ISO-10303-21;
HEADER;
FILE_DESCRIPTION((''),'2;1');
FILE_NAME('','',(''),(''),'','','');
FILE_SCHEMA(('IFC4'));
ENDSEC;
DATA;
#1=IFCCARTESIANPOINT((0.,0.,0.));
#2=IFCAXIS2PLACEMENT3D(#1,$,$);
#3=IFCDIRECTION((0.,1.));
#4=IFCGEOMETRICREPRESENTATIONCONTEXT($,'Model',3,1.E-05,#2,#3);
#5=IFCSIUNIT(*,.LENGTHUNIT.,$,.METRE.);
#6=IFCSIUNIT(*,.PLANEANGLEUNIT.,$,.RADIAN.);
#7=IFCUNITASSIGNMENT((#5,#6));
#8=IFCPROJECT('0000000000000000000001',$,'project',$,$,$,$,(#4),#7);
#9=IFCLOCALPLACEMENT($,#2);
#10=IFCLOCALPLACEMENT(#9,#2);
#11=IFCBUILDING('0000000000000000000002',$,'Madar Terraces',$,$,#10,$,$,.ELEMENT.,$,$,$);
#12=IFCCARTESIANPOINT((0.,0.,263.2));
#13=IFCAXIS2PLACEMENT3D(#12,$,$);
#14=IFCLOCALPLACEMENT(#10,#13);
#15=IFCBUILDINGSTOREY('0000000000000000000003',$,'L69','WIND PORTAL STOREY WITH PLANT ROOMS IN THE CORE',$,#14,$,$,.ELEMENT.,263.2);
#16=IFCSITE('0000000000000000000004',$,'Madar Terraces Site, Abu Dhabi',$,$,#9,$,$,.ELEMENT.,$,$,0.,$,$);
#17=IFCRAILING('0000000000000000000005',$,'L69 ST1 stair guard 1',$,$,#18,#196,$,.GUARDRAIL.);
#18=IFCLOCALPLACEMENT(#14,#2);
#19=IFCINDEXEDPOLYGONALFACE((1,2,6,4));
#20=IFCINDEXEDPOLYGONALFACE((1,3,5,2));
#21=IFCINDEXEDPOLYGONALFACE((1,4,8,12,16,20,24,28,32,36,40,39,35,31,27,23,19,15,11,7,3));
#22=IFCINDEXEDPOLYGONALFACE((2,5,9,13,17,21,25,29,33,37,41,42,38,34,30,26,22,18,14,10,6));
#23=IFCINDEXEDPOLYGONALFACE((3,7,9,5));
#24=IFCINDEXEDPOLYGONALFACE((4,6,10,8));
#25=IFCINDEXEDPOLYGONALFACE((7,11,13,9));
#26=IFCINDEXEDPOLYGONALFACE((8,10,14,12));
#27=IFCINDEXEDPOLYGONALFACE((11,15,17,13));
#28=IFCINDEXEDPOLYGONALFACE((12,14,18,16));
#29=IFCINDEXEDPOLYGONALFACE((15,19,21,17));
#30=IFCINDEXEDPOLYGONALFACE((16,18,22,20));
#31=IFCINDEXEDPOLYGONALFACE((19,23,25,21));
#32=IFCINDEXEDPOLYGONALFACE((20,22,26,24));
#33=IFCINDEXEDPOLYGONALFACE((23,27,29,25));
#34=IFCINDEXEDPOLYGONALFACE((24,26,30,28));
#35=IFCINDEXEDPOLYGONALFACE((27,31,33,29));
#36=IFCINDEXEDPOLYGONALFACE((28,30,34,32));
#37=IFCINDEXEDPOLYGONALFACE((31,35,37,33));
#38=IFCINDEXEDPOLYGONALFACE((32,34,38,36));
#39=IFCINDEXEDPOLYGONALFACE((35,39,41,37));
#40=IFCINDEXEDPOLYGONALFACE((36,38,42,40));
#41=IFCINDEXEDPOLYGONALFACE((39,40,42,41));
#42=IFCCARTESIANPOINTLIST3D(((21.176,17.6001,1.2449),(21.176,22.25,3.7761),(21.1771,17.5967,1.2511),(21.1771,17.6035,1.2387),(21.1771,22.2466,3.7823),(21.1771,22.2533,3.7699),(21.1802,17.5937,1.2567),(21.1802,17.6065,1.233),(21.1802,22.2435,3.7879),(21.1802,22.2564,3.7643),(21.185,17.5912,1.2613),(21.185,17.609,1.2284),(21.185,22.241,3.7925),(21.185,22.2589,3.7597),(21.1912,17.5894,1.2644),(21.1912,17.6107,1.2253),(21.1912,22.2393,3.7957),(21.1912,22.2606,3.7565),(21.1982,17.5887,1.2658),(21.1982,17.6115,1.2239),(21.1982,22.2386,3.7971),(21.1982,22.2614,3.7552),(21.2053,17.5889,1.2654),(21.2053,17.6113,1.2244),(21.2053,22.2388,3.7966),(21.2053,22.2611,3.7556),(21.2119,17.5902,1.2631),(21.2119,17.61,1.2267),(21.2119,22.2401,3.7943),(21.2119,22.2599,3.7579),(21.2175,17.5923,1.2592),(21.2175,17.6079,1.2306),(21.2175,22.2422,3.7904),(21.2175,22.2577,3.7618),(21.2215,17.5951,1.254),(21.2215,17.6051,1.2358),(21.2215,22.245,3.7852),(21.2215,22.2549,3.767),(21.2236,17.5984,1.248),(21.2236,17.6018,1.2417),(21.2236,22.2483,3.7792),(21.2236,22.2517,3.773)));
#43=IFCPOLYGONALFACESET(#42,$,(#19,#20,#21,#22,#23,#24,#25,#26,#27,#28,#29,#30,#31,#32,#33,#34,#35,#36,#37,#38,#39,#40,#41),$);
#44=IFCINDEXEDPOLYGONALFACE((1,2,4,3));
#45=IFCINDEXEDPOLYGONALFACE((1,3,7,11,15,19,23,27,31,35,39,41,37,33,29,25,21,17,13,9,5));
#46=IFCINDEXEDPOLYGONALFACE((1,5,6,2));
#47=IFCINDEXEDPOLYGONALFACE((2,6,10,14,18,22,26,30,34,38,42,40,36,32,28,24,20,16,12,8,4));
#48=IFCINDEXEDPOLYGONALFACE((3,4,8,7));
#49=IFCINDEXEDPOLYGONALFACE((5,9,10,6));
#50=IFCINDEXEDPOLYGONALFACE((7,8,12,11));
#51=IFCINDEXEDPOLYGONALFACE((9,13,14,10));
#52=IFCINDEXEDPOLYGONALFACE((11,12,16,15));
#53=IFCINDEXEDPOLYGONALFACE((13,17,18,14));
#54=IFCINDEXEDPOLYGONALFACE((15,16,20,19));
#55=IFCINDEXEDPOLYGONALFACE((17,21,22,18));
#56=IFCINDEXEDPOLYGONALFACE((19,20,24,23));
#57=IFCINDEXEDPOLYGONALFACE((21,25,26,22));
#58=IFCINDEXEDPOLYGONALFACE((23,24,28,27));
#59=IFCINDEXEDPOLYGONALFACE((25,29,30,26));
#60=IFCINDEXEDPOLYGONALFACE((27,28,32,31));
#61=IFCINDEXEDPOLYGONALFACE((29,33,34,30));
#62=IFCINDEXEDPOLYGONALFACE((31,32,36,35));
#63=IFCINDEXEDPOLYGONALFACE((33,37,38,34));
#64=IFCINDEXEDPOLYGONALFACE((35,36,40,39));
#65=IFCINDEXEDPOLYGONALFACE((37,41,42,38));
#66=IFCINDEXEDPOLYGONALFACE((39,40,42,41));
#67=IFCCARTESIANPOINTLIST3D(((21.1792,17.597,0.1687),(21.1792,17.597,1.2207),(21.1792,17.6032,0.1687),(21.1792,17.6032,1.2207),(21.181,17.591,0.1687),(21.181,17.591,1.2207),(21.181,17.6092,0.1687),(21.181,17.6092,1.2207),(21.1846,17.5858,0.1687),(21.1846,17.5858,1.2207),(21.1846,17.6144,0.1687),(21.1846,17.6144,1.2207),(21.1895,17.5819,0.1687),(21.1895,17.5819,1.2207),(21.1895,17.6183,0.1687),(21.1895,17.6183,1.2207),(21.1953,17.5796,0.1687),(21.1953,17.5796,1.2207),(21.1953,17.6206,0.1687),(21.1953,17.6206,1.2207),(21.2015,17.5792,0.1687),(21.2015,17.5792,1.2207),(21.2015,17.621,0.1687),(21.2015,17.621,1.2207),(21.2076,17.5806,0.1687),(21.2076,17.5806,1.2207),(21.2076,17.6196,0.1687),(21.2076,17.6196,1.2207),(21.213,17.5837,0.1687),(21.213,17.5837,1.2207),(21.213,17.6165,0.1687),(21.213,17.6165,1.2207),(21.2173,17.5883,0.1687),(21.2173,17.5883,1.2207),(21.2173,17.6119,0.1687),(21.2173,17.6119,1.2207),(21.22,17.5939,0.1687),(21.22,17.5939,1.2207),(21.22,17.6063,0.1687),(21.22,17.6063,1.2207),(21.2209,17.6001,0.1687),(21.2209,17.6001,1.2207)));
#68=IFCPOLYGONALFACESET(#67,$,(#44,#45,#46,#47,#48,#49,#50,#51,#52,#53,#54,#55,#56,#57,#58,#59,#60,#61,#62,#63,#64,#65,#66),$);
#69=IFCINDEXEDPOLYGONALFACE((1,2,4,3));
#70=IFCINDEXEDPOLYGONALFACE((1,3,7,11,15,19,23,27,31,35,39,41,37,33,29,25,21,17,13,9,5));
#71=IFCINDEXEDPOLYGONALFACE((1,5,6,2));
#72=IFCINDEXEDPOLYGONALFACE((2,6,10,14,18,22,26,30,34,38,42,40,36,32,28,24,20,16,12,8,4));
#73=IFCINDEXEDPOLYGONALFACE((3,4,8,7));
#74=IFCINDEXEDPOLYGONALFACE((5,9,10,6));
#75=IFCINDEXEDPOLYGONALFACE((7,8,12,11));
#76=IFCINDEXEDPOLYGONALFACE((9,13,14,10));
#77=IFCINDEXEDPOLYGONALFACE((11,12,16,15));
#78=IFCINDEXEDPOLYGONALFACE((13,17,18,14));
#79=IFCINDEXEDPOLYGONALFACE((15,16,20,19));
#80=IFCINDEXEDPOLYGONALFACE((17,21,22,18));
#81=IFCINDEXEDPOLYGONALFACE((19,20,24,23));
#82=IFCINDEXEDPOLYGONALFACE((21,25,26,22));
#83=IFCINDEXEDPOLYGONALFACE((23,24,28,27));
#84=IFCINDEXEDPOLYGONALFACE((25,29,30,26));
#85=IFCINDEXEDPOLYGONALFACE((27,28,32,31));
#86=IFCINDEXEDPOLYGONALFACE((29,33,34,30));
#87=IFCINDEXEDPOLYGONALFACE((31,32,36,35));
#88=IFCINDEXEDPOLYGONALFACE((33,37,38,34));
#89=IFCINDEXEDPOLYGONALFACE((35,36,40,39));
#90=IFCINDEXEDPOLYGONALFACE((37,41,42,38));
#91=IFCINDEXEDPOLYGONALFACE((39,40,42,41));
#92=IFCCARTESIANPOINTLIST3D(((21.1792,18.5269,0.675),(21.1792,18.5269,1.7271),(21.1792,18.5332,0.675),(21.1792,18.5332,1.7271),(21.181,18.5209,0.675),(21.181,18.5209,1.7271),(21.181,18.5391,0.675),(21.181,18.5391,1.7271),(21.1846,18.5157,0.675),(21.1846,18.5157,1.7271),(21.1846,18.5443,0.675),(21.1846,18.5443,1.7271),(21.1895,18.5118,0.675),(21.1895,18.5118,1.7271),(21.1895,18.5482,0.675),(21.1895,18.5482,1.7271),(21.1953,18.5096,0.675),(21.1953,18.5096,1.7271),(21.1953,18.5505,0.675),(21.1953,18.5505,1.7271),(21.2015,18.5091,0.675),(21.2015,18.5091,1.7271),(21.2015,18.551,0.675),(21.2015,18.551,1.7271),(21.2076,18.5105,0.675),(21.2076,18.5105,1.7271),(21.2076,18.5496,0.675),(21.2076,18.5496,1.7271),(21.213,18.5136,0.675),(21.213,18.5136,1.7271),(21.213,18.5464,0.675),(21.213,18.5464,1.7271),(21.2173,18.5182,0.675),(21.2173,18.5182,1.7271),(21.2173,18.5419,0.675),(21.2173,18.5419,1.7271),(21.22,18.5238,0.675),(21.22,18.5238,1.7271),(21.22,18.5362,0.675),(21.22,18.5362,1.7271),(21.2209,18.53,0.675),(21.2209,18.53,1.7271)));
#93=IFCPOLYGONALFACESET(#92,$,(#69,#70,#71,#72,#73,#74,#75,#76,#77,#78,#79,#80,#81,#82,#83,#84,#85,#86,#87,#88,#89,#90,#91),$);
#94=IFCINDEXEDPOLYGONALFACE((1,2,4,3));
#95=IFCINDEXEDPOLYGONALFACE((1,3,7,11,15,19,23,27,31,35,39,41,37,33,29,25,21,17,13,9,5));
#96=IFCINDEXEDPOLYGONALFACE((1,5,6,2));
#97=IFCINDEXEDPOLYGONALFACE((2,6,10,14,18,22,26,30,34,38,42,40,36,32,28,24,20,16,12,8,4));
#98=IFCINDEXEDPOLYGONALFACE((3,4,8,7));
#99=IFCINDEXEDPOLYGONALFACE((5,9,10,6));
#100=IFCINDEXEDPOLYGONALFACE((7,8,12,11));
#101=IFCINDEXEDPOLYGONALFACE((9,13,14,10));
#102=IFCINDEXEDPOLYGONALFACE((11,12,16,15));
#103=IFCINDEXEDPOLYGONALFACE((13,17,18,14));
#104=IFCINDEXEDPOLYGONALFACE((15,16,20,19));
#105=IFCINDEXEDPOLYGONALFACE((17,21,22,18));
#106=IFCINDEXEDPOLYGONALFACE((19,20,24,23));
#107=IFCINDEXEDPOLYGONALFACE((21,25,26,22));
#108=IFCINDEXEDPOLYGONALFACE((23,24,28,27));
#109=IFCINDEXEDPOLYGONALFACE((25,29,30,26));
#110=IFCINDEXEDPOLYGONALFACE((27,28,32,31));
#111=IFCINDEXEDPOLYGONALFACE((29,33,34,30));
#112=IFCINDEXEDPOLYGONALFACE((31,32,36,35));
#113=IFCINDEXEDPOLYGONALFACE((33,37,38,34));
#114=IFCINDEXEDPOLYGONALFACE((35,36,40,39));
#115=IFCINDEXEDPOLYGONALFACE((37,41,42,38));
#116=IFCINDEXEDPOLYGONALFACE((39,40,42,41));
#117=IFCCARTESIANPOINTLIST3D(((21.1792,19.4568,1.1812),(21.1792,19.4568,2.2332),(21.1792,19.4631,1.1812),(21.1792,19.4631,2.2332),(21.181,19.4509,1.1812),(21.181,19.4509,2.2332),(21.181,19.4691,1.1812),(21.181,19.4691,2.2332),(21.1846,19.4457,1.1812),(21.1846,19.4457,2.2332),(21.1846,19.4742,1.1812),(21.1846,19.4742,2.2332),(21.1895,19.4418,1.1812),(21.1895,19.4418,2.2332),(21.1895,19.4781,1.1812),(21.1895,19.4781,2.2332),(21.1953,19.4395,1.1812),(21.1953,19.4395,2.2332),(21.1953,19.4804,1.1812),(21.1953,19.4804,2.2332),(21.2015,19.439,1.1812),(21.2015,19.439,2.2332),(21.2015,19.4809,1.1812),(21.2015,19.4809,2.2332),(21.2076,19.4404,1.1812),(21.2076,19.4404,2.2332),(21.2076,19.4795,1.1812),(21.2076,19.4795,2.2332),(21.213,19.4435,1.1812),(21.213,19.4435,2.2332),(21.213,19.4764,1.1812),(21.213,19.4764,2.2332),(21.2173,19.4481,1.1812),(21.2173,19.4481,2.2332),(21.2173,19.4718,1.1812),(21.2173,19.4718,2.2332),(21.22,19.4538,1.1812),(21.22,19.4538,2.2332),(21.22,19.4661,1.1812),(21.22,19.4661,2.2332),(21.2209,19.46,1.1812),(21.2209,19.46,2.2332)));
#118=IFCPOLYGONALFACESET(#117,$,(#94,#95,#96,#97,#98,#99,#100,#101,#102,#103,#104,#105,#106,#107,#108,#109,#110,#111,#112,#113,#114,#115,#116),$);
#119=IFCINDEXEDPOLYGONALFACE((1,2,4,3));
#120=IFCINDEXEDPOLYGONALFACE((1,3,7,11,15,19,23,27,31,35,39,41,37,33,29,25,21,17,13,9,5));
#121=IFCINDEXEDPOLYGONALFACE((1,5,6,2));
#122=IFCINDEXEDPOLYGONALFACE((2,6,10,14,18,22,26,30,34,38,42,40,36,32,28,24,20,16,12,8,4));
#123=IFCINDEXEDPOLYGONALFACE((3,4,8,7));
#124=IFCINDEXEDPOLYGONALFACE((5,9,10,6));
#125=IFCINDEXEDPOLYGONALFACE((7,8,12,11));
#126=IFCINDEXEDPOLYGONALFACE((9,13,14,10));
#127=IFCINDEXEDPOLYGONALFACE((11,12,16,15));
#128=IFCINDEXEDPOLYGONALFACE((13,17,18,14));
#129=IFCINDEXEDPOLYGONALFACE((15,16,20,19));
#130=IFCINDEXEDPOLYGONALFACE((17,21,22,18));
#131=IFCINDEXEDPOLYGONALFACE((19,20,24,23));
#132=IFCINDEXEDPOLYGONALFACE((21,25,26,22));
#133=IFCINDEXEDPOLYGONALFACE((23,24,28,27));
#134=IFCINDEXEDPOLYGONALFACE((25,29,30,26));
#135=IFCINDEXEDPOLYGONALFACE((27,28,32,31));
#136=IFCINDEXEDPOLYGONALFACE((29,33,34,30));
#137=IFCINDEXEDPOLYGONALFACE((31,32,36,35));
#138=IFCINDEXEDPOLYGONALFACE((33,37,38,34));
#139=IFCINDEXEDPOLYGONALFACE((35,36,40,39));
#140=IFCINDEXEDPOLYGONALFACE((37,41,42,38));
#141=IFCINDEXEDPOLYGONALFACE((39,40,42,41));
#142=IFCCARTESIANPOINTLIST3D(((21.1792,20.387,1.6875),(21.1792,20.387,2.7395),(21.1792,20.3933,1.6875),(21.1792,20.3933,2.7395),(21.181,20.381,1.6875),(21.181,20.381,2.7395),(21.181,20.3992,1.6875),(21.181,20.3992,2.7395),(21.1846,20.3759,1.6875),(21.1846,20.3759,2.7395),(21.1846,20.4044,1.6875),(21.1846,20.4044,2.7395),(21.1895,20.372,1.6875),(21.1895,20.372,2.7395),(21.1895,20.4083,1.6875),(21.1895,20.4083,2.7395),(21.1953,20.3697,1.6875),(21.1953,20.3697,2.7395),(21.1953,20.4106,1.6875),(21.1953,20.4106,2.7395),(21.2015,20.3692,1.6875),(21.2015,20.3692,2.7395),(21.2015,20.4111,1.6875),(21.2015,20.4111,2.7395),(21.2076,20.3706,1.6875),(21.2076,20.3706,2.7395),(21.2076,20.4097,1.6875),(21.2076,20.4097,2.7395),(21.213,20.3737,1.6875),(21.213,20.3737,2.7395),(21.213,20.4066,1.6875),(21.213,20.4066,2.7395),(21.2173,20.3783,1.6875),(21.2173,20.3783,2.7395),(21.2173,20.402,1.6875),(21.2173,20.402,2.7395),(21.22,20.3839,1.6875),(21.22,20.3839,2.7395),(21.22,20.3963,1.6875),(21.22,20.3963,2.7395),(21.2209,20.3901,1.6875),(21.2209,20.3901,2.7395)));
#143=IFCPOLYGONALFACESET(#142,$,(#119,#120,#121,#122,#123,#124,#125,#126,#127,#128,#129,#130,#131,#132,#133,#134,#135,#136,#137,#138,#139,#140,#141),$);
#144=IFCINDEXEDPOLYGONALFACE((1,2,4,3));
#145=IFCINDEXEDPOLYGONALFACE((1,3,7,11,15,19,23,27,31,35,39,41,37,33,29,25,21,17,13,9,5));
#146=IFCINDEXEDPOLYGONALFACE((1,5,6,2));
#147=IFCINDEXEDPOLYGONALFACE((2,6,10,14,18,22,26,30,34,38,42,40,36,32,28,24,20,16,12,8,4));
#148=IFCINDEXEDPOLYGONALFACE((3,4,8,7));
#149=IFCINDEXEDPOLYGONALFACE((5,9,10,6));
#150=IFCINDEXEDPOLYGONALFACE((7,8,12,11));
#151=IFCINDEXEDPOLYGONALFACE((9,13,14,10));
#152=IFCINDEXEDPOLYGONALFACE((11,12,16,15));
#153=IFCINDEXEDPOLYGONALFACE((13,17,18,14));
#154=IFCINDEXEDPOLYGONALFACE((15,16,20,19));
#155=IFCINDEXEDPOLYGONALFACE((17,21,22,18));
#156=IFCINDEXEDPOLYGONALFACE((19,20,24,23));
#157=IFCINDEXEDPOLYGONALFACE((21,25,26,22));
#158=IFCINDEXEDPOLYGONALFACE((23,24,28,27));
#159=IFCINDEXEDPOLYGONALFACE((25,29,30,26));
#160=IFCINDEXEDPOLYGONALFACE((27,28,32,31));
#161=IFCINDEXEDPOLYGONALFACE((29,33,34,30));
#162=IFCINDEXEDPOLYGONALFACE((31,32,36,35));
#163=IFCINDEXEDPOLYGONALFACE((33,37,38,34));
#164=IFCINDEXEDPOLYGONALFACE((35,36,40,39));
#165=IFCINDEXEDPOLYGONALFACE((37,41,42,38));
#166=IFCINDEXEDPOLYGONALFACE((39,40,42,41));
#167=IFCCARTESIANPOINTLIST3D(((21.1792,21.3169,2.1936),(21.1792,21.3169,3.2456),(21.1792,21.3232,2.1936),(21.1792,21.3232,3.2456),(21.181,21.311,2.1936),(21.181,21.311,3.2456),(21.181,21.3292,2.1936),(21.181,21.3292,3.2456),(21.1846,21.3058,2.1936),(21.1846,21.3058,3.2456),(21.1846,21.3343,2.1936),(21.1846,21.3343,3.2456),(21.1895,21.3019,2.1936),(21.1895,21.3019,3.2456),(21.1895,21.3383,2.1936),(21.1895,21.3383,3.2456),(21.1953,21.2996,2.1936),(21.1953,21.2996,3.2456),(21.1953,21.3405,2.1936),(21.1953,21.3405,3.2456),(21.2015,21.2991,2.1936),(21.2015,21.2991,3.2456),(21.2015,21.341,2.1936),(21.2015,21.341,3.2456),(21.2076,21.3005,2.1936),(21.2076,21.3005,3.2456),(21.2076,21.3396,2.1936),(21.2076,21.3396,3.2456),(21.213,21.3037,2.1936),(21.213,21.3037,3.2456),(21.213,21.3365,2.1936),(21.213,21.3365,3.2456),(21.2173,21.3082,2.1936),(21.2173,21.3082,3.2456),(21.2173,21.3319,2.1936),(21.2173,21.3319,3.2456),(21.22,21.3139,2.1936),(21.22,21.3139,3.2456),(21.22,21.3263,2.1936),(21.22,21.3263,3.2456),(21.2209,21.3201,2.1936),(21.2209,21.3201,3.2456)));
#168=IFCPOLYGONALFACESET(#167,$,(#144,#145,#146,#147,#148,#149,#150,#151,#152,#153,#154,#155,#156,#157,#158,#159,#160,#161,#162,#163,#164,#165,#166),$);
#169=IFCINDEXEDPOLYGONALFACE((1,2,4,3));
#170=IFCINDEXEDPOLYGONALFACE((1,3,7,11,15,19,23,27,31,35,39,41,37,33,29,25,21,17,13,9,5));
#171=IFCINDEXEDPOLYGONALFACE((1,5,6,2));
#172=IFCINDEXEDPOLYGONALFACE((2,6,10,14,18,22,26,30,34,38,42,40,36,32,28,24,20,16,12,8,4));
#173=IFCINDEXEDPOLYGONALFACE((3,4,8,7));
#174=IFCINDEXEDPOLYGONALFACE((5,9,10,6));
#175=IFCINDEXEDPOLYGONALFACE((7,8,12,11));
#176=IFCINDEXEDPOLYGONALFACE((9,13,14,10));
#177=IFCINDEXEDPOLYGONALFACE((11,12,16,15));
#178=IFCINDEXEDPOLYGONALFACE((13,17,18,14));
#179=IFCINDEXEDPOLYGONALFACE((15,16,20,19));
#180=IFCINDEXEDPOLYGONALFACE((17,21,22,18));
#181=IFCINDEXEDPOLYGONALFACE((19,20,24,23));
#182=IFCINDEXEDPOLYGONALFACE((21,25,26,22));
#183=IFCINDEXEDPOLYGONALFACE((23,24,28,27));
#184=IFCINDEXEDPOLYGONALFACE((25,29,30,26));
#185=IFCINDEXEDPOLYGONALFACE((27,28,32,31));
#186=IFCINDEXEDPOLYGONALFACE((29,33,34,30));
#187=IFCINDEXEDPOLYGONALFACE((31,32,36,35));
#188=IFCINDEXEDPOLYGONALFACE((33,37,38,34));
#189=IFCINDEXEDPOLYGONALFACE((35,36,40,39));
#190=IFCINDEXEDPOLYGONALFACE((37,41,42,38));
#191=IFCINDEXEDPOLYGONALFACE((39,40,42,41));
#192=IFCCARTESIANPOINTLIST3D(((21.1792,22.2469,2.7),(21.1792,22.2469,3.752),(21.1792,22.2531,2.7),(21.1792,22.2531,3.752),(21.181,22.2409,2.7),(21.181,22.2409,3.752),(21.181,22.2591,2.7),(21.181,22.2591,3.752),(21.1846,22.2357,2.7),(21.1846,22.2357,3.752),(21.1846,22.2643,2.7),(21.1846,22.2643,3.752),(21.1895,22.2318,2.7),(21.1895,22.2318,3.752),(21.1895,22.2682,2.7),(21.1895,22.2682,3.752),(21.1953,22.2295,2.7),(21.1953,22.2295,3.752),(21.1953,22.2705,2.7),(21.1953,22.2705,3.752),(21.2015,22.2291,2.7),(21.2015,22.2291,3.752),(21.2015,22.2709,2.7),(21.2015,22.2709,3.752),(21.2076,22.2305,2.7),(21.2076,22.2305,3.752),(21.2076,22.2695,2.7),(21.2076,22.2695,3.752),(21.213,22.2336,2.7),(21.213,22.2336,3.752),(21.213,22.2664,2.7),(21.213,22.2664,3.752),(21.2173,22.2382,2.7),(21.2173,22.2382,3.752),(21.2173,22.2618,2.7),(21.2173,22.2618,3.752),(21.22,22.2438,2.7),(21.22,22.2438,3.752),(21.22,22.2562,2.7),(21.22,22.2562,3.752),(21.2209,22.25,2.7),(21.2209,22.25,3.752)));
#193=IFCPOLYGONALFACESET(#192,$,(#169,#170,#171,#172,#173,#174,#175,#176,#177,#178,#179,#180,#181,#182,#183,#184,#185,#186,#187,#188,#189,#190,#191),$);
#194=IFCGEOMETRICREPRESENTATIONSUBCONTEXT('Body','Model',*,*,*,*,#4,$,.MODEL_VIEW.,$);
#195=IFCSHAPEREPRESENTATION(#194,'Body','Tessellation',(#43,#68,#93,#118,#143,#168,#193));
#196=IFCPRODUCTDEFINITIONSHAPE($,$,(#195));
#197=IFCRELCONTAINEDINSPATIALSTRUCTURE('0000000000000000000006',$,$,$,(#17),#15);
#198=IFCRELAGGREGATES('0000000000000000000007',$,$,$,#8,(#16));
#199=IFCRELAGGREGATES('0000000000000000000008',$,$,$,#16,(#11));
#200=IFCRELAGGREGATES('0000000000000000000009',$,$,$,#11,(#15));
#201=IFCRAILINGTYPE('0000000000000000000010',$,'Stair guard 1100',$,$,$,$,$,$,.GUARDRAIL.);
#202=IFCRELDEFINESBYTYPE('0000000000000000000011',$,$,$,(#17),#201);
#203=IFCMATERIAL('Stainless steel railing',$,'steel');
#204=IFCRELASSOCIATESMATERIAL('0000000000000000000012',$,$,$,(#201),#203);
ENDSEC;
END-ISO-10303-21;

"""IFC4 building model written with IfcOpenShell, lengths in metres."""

from ifc_helpers import new_model, si_unit, direction, frame, origin, origin_2d, place, context, subcontext, project, spatial, circle, extrude, material, type_object, element, save


model = new_model("IFC4")

# Units and contexts
model_context = context("Model", 3, precision=1e-05, world=origin(), true_north=direction((0.0, 1.0)))
body_context = subcontext(model_context, "Body", "Model", "MODEL_VIEW")
ifc_project = project(units=[si_unit("LENGTHUNIT", "METRE"), si_unit("PLANEANGLEUNIT", "RADIAN")], contexts=[model_context])

# Site, building, storey
site_placement = place(None, origin())
site = spatial("IfcSite", under=ifc_project, at=site_placement, Name="Madar Terraces Site, Abu Dhabi", CompositionType="ELEMENT", RefElevation=0.0)
building_placement = place(site_placement, origin())
building = spatial("IfcBuilding", under=site, at=building_placement, Name="Madar Terraces", CompositionType="ELEMENT")
storey_placement = place(building_placement, frame((0.0, 0.0, 263.2)))
storey = spatial("IfcBuildingStorey", under=building, at=storey_placement, Name="L69", Description="WIND PORTAL STOREY WITH PLANT ROOMS IN THE CORE", CompositionType="ELEMENT", Elevation=263.2)

# Railing
ifc_material_1 = material(Name="Stainless steel railing", Category="steel")
railing_type_1 = type_object("IfcRailingType", Name="Stair guard 1100", PredefinedType="GUARDRAIL", material=ifc_material_1)
railing_1_placement = place(storey_placement, frame((21.2, 17.6001, 0.1687)))
element("IfcRailing", 1, at=railing_1_placement, inside=storey, type_object=railing_type_1, Name="L69 ST1 stair guard 1", PredefinedType="GUARDRAIL", context=body_context, shape_type="SweptSolid", body=[
    extrude(circle(Radius=0.0239, at=origin_2d()), frame((0.0, 0.0, 1.0762), z_axis=(0.0, 0.878297, 0.478115), x_axis=(-1.0, 0.0, 0.0)), (0.0, 0.0, 1.0), 5.2942),
    extrude(circle(Radius=0.021, at=origin_2d()), origin(), (0.0, 0.0, 1.0), 1.052),
    extrude(circle(Radius=0.021, at=origin_2d()), frame((0.0, 0.9299, 0.5063)), (0.0, 0.0, 1.0), 1.052),
    extrude(circle(Radius=0.021, at=origin_2d()), frame((0.0, 1.8599, 1.0125)), (0.0, 0.0, 1.0), 1.052),
    extrude(circle(Radius=0.021, at=origin_2d()), frame((0.0, 2.79, 1.5188)), (0.0, 0.0, 1.0), 1.052),
    extrude(circle(Radius=0.021, at=origin_2d()), frame((0.0, 3.72, 2.0249)), (0.0, 0.0, 1.0), 1.052),
    extrude(circle(Radius=0.021, at=origin_2d()), frame((0.0, 4.6499, 2.5312)), (0.0, 0.0, 1.0), 1.052),
])

save(model, "model.ifc")
